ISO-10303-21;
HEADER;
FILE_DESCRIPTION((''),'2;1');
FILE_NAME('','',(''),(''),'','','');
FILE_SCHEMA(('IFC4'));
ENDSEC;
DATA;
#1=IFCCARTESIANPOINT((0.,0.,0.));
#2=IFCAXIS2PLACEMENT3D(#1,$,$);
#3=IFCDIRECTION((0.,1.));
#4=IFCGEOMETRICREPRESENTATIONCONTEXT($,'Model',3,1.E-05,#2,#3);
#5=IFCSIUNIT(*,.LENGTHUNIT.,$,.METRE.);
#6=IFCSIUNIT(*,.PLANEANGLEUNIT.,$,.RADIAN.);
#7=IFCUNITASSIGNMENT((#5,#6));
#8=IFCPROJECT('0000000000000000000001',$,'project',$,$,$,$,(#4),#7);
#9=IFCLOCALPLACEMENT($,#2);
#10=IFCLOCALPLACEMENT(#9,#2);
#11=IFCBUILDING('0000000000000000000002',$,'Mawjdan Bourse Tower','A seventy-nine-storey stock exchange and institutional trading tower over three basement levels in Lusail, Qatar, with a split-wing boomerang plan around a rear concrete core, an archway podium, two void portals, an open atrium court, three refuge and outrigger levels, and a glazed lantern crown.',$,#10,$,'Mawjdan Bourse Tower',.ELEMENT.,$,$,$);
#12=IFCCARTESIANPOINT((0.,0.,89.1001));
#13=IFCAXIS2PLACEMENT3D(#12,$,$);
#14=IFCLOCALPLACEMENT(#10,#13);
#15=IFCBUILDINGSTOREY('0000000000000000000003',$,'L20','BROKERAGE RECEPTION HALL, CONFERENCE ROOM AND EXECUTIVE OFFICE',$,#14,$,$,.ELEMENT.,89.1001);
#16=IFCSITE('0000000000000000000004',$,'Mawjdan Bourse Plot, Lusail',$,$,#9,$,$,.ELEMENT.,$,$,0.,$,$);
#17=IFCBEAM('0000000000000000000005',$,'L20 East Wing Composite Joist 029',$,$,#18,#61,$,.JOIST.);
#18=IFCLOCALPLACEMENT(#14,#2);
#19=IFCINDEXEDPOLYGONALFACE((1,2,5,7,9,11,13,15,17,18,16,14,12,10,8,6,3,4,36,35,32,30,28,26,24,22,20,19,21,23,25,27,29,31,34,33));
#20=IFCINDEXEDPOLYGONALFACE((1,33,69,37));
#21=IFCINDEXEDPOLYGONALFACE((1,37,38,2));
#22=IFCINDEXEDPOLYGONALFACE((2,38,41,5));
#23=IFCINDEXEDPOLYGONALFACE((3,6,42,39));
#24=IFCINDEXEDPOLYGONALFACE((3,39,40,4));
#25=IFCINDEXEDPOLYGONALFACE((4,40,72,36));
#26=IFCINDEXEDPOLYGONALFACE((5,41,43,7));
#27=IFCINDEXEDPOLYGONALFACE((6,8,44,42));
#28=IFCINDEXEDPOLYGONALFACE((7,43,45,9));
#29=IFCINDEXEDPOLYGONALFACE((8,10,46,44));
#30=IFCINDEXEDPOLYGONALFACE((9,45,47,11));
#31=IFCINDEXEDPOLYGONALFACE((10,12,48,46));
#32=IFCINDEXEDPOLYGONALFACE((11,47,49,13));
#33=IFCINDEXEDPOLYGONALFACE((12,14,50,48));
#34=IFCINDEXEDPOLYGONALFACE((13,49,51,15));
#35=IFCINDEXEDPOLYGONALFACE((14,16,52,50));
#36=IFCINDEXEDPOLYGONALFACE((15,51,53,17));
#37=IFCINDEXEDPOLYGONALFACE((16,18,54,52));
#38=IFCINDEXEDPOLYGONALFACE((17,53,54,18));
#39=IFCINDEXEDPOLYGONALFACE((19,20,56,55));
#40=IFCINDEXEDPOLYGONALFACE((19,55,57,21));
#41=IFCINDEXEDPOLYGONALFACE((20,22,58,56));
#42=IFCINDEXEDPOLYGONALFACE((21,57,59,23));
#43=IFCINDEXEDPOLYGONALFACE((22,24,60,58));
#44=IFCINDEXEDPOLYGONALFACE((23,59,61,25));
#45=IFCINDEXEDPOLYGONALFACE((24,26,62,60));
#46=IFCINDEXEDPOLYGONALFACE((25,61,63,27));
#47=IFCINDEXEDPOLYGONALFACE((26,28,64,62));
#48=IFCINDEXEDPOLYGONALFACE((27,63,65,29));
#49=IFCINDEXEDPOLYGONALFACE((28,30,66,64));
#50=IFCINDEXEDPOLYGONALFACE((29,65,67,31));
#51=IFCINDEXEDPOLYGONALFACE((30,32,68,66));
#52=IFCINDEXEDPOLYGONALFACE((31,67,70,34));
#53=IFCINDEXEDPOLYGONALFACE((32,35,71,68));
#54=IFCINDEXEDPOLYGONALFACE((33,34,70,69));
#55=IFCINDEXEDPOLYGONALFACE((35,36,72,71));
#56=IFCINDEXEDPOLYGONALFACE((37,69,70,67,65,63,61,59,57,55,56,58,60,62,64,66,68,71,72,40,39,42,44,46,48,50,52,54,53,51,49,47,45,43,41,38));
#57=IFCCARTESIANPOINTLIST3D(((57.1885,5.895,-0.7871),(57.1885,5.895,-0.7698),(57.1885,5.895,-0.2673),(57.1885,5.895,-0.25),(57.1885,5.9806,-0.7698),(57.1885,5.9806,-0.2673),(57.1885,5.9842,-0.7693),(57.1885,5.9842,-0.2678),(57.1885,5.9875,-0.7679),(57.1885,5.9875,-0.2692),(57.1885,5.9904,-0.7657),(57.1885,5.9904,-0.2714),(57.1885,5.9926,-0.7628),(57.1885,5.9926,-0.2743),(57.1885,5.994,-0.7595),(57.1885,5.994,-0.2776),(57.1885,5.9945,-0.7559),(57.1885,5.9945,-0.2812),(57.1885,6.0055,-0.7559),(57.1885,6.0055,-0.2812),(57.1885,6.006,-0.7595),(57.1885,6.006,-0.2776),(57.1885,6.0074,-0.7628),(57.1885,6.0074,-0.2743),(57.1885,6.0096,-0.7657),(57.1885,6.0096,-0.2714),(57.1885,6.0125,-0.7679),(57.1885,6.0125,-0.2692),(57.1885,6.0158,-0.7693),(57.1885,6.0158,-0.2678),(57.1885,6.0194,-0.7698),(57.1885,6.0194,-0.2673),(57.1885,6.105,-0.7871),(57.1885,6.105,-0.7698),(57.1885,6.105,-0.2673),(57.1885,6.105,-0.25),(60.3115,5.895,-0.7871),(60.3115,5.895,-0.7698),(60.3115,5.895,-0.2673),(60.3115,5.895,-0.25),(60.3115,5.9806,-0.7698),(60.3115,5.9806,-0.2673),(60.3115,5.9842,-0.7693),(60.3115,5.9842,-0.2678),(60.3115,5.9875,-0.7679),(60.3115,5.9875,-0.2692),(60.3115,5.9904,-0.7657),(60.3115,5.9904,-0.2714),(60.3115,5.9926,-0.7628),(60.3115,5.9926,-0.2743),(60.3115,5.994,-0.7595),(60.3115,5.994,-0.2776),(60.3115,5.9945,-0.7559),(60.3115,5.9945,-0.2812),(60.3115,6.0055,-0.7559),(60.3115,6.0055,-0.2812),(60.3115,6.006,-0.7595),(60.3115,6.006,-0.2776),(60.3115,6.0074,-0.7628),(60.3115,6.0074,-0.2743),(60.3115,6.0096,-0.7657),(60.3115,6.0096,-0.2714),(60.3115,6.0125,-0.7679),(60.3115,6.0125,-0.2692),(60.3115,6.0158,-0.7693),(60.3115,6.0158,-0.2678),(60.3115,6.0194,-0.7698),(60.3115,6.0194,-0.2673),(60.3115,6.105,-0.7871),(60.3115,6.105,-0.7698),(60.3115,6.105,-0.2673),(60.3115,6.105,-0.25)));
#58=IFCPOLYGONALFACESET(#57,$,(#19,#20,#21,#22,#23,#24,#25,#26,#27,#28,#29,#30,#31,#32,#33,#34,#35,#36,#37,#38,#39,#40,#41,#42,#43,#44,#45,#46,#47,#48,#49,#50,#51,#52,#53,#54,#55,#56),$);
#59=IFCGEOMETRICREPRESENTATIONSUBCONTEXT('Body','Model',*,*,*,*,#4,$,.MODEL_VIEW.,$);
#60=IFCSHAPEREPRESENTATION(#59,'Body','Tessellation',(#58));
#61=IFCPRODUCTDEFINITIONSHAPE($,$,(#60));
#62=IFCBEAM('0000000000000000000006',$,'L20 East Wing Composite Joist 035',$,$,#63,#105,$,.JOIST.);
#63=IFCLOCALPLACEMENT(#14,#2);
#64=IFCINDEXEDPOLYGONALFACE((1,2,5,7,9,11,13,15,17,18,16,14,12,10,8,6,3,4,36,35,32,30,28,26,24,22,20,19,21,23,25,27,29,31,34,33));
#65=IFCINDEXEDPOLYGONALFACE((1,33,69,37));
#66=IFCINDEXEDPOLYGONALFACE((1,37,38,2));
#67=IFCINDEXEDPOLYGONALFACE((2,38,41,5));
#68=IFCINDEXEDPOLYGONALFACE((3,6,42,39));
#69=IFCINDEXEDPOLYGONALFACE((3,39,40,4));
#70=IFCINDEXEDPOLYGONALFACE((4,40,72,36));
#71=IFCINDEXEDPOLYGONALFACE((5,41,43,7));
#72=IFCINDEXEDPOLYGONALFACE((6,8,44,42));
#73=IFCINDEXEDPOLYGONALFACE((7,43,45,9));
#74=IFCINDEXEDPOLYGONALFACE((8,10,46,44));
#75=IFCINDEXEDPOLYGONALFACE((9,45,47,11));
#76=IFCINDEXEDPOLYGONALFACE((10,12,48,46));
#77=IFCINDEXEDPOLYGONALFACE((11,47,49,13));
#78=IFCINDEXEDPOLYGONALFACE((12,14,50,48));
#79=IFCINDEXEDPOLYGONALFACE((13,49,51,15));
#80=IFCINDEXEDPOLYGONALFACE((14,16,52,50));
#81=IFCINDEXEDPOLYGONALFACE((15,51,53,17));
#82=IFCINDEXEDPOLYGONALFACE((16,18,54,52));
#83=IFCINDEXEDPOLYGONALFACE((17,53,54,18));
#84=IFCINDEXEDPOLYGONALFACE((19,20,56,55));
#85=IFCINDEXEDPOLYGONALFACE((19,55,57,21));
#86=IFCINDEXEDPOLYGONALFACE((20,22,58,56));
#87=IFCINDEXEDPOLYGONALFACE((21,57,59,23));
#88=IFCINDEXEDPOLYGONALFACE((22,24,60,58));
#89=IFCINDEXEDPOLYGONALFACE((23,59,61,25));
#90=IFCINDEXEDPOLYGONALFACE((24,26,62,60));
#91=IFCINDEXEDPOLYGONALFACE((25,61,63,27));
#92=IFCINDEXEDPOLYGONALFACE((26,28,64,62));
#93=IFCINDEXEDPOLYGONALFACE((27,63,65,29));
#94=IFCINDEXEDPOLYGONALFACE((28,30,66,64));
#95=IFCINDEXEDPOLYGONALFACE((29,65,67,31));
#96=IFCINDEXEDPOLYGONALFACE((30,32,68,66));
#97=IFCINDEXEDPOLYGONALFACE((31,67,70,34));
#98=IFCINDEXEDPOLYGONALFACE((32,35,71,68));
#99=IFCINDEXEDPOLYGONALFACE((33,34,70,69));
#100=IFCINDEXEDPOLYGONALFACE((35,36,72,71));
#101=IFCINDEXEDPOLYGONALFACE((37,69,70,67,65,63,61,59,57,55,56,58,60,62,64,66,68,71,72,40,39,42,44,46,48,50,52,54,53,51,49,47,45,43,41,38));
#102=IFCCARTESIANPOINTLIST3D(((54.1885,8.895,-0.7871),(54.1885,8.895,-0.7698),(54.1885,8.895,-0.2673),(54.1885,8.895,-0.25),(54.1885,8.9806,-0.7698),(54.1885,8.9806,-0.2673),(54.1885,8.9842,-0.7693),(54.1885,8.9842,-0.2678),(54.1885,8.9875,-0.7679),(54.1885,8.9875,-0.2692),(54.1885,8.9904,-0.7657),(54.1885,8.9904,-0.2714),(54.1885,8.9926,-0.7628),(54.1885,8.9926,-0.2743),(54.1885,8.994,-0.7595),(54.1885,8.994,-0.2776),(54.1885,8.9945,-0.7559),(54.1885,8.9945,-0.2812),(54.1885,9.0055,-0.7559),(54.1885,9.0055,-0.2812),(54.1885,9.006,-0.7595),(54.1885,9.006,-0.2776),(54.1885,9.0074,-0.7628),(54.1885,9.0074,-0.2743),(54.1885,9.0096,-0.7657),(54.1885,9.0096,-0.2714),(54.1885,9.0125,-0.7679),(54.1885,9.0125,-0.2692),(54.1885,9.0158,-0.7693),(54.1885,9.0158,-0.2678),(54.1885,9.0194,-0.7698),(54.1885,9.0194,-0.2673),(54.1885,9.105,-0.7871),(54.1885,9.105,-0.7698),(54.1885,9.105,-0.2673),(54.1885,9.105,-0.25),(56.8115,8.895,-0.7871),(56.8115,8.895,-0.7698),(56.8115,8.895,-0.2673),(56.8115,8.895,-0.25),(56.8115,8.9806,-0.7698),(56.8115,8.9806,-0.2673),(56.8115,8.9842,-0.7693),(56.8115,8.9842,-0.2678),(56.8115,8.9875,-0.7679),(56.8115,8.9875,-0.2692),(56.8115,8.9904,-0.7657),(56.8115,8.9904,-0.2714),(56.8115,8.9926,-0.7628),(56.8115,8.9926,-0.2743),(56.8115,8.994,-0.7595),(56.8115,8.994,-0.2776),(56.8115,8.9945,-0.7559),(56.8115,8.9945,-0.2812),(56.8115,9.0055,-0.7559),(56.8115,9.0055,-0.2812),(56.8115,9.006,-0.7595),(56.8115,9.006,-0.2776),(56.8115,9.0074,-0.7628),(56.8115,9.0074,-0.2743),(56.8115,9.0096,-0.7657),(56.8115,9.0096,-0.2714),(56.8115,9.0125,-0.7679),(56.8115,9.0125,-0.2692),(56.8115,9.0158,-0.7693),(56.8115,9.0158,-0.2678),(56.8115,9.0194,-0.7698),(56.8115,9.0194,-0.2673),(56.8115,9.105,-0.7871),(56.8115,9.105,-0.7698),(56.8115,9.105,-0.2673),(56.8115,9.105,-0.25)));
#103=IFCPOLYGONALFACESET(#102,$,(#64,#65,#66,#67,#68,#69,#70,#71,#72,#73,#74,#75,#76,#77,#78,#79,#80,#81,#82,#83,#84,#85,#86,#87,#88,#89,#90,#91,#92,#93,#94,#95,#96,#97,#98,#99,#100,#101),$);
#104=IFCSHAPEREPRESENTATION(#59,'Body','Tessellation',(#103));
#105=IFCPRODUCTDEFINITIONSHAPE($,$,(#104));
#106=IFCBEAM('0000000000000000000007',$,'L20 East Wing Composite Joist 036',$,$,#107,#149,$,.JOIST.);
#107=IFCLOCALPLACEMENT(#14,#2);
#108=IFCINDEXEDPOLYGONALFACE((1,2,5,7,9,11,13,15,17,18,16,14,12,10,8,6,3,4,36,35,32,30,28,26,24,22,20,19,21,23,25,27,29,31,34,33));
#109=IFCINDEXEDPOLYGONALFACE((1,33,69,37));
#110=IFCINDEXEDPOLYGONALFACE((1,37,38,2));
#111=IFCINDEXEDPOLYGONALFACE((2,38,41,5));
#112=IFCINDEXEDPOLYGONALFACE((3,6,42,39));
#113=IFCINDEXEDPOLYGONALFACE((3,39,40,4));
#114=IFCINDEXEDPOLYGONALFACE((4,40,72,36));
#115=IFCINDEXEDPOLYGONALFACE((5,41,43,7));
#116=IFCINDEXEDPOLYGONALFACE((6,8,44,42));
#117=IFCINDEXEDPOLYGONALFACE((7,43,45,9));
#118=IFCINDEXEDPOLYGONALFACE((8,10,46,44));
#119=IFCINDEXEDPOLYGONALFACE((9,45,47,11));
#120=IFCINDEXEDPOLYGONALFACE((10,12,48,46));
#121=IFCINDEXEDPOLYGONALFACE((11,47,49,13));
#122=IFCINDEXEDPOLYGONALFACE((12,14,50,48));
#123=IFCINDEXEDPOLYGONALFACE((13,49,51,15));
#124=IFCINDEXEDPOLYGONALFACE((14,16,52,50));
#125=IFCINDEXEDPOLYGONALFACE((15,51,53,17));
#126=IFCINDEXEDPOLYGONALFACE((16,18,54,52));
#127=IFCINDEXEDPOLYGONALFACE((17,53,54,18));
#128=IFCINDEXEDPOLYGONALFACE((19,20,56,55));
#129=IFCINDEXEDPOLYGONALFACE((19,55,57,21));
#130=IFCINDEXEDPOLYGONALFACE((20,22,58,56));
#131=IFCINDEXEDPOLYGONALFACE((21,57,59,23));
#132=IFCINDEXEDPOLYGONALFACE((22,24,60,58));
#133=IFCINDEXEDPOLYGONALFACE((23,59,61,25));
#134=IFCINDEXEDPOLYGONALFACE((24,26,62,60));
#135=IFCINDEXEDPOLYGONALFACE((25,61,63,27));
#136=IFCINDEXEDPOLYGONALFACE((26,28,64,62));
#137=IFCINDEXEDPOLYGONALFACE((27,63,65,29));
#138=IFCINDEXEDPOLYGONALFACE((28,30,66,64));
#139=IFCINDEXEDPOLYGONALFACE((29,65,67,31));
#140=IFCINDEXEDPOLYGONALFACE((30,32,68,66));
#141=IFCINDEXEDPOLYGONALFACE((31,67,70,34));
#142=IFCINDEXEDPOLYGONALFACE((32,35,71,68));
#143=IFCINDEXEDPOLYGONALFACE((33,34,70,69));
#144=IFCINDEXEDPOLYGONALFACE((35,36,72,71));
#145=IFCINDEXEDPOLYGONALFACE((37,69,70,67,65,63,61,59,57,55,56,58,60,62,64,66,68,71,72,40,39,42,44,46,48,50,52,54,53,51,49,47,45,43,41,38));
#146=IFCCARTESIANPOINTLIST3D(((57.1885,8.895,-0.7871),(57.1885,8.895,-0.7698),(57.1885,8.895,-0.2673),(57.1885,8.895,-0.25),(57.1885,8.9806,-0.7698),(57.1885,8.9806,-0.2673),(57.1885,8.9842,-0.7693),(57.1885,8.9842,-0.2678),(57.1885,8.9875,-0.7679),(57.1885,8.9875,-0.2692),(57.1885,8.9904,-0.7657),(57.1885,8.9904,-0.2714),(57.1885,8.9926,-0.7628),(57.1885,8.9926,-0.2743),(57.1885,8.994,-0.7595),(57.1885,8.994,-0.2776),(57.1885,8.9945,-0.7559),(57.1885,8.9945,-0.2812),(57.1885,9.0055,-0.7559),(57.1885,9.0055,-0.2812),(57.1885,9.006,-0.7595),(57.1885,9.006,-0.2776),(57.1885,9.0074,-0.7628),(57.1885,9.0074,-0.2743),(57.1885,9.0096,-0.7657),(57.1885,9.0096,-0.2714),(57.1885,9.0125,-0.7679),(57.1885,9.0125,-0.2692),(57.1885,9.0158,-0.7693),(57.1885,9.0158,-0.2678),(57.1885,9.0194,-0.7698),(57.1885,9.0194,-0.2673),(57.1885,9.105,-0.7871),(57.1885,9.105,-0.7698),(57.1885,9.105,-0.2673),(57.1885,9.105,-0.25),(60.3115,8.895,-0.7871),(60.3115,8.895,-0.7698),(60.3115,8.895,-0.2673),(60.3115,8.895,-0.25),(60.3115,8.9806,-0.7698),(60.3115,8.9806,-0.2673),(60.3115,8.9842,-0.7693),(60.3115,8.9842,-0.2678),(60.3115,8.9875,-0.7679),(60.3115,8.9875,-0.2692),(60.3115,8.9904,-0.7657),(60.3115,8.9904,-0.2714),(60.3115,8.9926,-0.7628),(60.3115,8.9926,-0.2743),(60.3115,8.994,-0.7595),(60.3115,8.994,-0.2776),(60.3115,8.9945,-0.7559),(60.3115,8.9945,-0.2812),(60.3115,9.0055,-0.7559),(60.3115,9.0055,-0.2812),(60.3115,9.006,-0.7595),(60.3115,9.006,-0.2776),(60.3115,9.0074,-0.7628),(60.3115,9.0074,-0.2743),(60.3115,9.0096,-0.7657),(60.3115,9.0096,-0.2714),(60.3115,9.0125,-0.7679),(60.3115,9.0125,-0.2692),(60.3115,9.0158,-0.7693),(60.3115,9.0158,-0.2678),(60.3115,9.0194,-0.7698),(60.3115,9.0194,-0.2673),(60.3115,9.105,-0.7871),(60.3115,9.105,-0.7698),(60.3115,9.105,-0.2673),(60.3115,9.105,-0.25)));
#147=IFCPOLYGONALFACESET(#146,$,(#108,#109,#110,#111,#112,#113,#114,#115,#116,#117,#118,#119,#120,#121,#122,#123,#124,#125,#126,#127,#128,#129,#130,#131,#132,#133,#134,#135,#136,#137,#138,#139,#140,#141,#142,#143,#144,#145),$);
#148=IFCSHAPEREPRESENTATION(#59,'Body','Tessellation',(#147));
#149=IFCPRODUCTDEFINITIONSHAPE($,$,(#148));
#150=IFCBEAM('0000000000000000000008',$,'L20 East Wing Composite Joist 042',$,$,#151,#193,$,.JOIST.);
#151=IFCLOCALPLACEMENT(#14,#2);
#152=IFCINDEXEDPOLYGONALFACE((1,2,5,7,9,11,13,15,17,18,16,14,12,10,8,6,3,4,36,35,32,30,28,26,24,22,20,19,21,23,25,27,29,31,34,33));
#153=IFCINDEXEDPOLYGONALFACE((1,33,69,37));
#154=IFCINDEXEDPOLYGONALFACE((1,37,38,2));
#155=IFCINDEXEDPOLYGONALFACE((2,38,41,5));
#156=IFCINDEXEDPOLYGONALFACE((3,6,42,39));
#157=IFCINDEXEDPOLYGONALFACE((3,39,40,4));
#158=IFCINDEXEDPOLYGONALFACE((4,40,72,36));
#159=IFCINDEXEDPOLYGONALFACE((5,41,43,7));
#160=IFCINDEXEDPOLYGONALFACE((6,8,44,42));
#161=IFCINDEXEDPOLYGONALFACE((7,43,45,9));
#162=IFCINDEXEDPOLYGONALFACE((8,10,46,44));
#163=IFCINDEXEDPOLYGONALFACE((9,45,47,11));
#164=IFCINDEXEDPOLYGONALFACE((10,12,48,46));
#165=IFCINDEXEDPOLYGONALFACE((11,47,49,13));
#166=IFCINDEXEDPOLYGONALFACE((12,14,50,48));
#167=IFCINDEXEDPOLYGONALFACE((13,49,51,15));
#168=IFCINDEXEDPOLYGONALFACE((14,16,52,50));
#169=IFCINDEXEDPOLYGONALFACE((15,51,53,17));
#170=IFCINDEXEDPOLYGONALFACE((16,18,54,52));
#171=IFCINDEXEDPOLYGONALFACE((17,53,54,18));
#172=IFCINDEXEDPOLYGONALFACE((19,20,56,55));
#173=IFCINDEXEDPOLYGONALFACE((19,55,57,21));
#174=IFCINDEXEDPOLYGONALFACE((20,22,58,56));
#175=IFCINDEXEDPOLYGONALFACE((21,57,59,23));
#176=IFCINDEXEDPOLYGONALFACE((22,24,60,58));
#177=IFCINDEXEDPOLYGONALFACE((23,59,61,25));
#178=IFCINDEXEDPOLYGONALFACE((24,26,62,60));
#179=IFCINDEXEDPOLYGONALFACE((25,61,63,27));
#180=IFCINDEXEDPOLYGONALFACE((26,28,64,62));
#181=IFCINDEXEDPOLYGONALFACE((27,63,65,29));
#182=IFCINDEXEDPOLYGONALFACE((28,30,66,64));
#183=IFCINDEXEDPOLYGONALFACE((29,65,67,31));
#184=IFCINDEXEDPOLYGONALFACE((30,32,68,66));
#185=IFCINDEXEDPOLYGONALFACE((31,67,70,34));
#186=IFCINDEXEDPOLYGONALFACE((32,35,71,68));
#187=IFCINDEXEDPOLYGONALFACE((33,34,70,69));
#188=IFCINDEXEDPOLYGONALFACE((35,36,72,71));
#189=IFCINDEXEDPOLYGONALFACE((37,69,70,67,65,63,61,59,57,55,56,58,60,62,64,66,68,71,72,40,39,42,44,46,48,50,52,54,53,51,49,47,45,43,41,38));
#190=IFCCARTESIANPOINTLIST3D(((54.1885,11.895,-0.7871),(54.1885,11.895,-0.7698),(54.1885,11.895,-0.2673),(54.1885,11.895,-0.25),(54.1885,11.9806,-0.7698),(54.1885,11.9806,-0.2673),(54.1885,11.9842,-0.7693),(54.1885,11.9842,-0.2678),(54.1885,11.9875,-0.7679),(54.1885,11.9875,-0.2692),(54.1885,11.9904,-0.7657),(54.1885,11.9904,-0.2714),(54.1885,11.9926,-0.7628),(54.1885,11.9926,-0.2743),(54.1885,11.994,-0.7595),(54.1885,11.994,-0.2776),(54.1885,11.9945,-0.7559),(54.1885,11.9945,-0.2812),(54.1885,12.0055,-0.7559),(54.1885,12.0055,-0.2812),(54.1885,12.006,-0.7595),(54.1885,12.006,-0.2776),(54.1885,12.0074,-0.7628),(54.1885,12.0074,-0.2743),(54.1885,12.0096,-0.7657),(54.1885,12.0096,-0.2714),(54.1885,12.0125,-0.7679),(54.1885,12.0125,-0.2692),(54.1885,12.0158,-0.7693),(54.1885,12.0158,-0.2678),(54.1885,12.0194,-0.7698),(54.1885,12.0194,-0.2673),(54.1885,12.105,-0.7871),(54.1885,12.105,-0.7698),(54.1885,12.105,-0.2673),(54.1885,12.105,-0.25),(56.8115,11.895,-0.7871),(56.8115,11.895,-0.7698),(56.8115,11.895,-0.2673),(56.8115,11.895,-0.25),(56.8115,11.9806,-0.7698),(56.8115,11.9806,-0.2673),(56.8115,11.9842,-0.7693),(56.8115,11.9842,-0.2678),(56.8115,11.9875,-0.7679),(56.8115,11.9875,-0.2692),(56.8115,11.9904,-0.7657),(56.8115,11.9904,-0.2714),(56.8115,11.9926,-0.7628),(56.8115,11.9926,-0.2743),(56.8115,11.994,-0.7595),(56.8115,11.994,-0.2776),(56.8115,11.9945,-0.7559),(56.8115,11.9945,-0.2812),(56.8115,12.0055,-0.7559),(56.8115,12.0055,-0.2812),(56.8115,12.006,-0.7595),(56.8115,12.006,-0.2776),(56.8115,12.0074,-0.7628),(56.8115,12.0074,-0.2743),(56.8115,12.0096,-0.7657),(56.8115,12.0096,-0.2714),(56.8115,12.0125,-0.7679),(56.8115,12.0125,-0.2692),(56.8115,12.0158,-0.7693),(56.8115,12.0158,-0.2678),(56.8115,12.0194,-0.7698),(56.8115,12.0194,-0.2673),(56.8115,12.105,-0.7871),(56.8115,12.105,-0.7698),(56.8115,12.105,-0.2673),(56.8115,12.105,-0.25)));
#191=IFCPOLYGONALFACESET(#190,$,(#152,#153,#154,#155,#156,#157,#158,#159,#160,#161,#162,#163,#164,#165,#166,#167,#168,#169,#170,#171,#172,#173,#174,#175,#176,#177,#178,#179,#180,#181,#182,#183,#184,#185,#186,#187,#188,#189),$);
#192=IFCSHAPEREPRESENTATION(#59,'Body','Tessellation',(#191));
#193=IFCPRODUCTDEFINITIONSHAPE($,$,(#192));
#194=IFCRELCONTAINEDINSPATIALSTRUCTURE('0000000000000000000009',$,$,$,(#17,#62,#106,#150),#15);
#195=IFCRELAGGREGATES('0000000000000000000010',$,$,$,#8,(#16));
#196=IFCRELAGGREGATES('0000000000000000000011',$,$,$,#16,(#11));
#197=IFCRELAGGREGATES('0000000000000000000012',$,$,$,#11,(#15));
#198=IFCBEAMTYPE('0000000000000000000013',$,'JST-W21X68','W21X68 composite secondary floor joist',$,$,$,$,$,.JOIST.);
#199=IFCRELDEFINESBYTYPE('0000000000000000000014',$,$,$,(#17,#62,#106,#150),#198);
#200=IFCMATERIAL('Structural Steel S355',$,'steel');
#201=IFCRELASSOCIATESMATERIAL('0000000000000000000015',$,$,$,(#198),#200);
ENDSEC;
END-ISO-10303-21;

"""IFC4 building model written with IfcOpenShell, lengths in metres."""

from ifc_helpers import new_model, si_unit, direction, frame, origin, origin_2d, place, context, subcontext, project, spatial, i_section, extrude, material, material_profile, profile_set, type_object, element, save


model = new_model("IFC4")

# Units and contexts
model_context = context("Model", 3, precision=1e-05, world=origin(), true_north=direction((0.0, 1.0)))
body_context = subcontext(model_context, "Body", "Model", "MODEL_VIEW")
ifc_project = project(units=[si_unit("LENGTHUNIT", "METRE"), si_unit("PLANEANGLEUNIT", "RADIAN")], contexts=[model_context])

# Site, building, storey
site_placement = place(None, origin())
site = spatial("IfcSite", under=ifc_project, at=site_placement, Name="Mawjdan Bourse Plot, Lusail", CompositionType="ELEMENT", RefElevation=0.0)
building_placement = place(site_placement, origin())
building = spatial("IfcBuilding", under=site, at=building_placement, Name="Mawjdan Bourse Tower", Description="A seventy-nine-storey stock exchange and institutional trading tower over three basement levels in Lusail, Qatar, with a split-wing boomerang plan around a rear concrete core, an archway podium, two void portals, an open atrium court, three refuge and outrigger levels, and a glazed lantern crown.", LongName="Mawjdan Bourse Tower", CompositionType="ELEMENT")
storey_placement = place(building_placement, frame((0.0, 0.0, 89.1001)))
storey = spatial("IfcBuildingStorey", under=building, at=storey_placement, Name="L20", Description="BROKERAGE RECEPTION HALL, CONFERENCE ROOM AND EXECUTIVE OFFICE", CompositionType="ELEMENT", Elevation=89.1001)

# Beams
ifc_material_1 = material(Name="Structural Steel S355", Category="steel")
ifc_material_profile_1 = material_profile(ifc_material_1, i_section(OverallWidth=0.21, OverallDepth=0.5371, WebThickness=0.011, FlangeThickness=0.0173, FilletRadius=0.0139, at=origin_2d()), Name="W21X68")
ifc_profile_set_1 = profile_set([ifc_material_profile_1], Name="Structural Steel S355")
beam_type_1 = type_object("IfcBeamType", Name="JST-W21X68", Description="W21X68 composite secondary floor joist", PredefinedType="JOIST", material=ifc_profile_set_1)
beam_1_placement = place(storey_placement, frame((57.1885, 6.0, -0.5186), z_axis=(1.0, 0.0, 0.0), x_axis=(0.0, 1.0, 0.0)))
element("IfcBeam", 1, at=beam_1_placement, inside=storey, type_object=beam_type_1, Name="L20 East Wing Composite Joist 029", PredefinedType="JOIST", context=body_context, shape_type="SweptSolid", body=[
    extrude(i_section(OverallWidth=0.21, OverallDepth=0.5371, WebThickness=0.011, FlangeThickness=0.0173, FilletRadius=0.0139, at=origin_2d()), origin(), (0.0, 0.0, 1.0), 3.123),
])
beam_2_placement = place(storey_placement, frame((54.1885, 9.0, -0.5186), z_axis=(1.0, 0.0, 0.0), x_axis=(0.0, 1.0, 0.0)))
element("IfcBeam", 2, at=beam_2_placement, inside=storey, type_object=beam_type_1, Name="L20 East Wing Composite Joist 035", PredefinedType="JOIST", context=body_context, shape_type="SweptSolid", body=[
    extrude(i_section(OverallWidth=0.21, OverallDepth=0.5371, WebThickness=0.011, FlangeThickness=0.0173, FilletRadius=0.0139, at=origin_2d()), origin(), (0.0, 0.0, 1.0), 2.623),
])
beam_3_placement = place(storey_placement, frame((57.1885, 9.0, -0.5186), z_axis=(1.0, 0.0, 0.0), x_axis=(0.0, 1.0, 0.0)))
element("IfcBeam", 3, at=beam_3_placement, inside=storey, type_object=beam_type_1, Name="L20 East Wing Composite Joist 036", PredefinedType="JOIST", context=body_context, shape_type="SweptSolid", body=[
    extrude(i_section(OverallWidth=0.21, OverallDepth=0.5371, WebThickness=0.011, FlangeThickness=0.0173, FilletRadius=0.0139, at=origin_2d()), origin(), (0.0, 0.0, 1.0), 3.123),
])
beam_4_placement = place(storey_placement, frame((54.1885, 12.0, -0.5186), z_axis=(1.0, 0.0, 0.0), x_axis=(0.0, 1.0, 0.0)))
element("IfcBeam", 4, at=beam_4_placement, inside=storey, type_object=beam_type_1, Name="L20 East Wing Composite Joist 042", PredefinedType="JOIST", context=body_context, shape_type="SweptSolid", body=[
    extrude(i_section(OverallWidth=0.21, OverallDepth=0.5371, WebThickness=0.011, FlangeThickness=0.0173, FilletRadius=0.0139, at=origin_2d()), origin(), (0.0, 0.0, 1.0), 2.623),
])

save(model, "model.ifc")
